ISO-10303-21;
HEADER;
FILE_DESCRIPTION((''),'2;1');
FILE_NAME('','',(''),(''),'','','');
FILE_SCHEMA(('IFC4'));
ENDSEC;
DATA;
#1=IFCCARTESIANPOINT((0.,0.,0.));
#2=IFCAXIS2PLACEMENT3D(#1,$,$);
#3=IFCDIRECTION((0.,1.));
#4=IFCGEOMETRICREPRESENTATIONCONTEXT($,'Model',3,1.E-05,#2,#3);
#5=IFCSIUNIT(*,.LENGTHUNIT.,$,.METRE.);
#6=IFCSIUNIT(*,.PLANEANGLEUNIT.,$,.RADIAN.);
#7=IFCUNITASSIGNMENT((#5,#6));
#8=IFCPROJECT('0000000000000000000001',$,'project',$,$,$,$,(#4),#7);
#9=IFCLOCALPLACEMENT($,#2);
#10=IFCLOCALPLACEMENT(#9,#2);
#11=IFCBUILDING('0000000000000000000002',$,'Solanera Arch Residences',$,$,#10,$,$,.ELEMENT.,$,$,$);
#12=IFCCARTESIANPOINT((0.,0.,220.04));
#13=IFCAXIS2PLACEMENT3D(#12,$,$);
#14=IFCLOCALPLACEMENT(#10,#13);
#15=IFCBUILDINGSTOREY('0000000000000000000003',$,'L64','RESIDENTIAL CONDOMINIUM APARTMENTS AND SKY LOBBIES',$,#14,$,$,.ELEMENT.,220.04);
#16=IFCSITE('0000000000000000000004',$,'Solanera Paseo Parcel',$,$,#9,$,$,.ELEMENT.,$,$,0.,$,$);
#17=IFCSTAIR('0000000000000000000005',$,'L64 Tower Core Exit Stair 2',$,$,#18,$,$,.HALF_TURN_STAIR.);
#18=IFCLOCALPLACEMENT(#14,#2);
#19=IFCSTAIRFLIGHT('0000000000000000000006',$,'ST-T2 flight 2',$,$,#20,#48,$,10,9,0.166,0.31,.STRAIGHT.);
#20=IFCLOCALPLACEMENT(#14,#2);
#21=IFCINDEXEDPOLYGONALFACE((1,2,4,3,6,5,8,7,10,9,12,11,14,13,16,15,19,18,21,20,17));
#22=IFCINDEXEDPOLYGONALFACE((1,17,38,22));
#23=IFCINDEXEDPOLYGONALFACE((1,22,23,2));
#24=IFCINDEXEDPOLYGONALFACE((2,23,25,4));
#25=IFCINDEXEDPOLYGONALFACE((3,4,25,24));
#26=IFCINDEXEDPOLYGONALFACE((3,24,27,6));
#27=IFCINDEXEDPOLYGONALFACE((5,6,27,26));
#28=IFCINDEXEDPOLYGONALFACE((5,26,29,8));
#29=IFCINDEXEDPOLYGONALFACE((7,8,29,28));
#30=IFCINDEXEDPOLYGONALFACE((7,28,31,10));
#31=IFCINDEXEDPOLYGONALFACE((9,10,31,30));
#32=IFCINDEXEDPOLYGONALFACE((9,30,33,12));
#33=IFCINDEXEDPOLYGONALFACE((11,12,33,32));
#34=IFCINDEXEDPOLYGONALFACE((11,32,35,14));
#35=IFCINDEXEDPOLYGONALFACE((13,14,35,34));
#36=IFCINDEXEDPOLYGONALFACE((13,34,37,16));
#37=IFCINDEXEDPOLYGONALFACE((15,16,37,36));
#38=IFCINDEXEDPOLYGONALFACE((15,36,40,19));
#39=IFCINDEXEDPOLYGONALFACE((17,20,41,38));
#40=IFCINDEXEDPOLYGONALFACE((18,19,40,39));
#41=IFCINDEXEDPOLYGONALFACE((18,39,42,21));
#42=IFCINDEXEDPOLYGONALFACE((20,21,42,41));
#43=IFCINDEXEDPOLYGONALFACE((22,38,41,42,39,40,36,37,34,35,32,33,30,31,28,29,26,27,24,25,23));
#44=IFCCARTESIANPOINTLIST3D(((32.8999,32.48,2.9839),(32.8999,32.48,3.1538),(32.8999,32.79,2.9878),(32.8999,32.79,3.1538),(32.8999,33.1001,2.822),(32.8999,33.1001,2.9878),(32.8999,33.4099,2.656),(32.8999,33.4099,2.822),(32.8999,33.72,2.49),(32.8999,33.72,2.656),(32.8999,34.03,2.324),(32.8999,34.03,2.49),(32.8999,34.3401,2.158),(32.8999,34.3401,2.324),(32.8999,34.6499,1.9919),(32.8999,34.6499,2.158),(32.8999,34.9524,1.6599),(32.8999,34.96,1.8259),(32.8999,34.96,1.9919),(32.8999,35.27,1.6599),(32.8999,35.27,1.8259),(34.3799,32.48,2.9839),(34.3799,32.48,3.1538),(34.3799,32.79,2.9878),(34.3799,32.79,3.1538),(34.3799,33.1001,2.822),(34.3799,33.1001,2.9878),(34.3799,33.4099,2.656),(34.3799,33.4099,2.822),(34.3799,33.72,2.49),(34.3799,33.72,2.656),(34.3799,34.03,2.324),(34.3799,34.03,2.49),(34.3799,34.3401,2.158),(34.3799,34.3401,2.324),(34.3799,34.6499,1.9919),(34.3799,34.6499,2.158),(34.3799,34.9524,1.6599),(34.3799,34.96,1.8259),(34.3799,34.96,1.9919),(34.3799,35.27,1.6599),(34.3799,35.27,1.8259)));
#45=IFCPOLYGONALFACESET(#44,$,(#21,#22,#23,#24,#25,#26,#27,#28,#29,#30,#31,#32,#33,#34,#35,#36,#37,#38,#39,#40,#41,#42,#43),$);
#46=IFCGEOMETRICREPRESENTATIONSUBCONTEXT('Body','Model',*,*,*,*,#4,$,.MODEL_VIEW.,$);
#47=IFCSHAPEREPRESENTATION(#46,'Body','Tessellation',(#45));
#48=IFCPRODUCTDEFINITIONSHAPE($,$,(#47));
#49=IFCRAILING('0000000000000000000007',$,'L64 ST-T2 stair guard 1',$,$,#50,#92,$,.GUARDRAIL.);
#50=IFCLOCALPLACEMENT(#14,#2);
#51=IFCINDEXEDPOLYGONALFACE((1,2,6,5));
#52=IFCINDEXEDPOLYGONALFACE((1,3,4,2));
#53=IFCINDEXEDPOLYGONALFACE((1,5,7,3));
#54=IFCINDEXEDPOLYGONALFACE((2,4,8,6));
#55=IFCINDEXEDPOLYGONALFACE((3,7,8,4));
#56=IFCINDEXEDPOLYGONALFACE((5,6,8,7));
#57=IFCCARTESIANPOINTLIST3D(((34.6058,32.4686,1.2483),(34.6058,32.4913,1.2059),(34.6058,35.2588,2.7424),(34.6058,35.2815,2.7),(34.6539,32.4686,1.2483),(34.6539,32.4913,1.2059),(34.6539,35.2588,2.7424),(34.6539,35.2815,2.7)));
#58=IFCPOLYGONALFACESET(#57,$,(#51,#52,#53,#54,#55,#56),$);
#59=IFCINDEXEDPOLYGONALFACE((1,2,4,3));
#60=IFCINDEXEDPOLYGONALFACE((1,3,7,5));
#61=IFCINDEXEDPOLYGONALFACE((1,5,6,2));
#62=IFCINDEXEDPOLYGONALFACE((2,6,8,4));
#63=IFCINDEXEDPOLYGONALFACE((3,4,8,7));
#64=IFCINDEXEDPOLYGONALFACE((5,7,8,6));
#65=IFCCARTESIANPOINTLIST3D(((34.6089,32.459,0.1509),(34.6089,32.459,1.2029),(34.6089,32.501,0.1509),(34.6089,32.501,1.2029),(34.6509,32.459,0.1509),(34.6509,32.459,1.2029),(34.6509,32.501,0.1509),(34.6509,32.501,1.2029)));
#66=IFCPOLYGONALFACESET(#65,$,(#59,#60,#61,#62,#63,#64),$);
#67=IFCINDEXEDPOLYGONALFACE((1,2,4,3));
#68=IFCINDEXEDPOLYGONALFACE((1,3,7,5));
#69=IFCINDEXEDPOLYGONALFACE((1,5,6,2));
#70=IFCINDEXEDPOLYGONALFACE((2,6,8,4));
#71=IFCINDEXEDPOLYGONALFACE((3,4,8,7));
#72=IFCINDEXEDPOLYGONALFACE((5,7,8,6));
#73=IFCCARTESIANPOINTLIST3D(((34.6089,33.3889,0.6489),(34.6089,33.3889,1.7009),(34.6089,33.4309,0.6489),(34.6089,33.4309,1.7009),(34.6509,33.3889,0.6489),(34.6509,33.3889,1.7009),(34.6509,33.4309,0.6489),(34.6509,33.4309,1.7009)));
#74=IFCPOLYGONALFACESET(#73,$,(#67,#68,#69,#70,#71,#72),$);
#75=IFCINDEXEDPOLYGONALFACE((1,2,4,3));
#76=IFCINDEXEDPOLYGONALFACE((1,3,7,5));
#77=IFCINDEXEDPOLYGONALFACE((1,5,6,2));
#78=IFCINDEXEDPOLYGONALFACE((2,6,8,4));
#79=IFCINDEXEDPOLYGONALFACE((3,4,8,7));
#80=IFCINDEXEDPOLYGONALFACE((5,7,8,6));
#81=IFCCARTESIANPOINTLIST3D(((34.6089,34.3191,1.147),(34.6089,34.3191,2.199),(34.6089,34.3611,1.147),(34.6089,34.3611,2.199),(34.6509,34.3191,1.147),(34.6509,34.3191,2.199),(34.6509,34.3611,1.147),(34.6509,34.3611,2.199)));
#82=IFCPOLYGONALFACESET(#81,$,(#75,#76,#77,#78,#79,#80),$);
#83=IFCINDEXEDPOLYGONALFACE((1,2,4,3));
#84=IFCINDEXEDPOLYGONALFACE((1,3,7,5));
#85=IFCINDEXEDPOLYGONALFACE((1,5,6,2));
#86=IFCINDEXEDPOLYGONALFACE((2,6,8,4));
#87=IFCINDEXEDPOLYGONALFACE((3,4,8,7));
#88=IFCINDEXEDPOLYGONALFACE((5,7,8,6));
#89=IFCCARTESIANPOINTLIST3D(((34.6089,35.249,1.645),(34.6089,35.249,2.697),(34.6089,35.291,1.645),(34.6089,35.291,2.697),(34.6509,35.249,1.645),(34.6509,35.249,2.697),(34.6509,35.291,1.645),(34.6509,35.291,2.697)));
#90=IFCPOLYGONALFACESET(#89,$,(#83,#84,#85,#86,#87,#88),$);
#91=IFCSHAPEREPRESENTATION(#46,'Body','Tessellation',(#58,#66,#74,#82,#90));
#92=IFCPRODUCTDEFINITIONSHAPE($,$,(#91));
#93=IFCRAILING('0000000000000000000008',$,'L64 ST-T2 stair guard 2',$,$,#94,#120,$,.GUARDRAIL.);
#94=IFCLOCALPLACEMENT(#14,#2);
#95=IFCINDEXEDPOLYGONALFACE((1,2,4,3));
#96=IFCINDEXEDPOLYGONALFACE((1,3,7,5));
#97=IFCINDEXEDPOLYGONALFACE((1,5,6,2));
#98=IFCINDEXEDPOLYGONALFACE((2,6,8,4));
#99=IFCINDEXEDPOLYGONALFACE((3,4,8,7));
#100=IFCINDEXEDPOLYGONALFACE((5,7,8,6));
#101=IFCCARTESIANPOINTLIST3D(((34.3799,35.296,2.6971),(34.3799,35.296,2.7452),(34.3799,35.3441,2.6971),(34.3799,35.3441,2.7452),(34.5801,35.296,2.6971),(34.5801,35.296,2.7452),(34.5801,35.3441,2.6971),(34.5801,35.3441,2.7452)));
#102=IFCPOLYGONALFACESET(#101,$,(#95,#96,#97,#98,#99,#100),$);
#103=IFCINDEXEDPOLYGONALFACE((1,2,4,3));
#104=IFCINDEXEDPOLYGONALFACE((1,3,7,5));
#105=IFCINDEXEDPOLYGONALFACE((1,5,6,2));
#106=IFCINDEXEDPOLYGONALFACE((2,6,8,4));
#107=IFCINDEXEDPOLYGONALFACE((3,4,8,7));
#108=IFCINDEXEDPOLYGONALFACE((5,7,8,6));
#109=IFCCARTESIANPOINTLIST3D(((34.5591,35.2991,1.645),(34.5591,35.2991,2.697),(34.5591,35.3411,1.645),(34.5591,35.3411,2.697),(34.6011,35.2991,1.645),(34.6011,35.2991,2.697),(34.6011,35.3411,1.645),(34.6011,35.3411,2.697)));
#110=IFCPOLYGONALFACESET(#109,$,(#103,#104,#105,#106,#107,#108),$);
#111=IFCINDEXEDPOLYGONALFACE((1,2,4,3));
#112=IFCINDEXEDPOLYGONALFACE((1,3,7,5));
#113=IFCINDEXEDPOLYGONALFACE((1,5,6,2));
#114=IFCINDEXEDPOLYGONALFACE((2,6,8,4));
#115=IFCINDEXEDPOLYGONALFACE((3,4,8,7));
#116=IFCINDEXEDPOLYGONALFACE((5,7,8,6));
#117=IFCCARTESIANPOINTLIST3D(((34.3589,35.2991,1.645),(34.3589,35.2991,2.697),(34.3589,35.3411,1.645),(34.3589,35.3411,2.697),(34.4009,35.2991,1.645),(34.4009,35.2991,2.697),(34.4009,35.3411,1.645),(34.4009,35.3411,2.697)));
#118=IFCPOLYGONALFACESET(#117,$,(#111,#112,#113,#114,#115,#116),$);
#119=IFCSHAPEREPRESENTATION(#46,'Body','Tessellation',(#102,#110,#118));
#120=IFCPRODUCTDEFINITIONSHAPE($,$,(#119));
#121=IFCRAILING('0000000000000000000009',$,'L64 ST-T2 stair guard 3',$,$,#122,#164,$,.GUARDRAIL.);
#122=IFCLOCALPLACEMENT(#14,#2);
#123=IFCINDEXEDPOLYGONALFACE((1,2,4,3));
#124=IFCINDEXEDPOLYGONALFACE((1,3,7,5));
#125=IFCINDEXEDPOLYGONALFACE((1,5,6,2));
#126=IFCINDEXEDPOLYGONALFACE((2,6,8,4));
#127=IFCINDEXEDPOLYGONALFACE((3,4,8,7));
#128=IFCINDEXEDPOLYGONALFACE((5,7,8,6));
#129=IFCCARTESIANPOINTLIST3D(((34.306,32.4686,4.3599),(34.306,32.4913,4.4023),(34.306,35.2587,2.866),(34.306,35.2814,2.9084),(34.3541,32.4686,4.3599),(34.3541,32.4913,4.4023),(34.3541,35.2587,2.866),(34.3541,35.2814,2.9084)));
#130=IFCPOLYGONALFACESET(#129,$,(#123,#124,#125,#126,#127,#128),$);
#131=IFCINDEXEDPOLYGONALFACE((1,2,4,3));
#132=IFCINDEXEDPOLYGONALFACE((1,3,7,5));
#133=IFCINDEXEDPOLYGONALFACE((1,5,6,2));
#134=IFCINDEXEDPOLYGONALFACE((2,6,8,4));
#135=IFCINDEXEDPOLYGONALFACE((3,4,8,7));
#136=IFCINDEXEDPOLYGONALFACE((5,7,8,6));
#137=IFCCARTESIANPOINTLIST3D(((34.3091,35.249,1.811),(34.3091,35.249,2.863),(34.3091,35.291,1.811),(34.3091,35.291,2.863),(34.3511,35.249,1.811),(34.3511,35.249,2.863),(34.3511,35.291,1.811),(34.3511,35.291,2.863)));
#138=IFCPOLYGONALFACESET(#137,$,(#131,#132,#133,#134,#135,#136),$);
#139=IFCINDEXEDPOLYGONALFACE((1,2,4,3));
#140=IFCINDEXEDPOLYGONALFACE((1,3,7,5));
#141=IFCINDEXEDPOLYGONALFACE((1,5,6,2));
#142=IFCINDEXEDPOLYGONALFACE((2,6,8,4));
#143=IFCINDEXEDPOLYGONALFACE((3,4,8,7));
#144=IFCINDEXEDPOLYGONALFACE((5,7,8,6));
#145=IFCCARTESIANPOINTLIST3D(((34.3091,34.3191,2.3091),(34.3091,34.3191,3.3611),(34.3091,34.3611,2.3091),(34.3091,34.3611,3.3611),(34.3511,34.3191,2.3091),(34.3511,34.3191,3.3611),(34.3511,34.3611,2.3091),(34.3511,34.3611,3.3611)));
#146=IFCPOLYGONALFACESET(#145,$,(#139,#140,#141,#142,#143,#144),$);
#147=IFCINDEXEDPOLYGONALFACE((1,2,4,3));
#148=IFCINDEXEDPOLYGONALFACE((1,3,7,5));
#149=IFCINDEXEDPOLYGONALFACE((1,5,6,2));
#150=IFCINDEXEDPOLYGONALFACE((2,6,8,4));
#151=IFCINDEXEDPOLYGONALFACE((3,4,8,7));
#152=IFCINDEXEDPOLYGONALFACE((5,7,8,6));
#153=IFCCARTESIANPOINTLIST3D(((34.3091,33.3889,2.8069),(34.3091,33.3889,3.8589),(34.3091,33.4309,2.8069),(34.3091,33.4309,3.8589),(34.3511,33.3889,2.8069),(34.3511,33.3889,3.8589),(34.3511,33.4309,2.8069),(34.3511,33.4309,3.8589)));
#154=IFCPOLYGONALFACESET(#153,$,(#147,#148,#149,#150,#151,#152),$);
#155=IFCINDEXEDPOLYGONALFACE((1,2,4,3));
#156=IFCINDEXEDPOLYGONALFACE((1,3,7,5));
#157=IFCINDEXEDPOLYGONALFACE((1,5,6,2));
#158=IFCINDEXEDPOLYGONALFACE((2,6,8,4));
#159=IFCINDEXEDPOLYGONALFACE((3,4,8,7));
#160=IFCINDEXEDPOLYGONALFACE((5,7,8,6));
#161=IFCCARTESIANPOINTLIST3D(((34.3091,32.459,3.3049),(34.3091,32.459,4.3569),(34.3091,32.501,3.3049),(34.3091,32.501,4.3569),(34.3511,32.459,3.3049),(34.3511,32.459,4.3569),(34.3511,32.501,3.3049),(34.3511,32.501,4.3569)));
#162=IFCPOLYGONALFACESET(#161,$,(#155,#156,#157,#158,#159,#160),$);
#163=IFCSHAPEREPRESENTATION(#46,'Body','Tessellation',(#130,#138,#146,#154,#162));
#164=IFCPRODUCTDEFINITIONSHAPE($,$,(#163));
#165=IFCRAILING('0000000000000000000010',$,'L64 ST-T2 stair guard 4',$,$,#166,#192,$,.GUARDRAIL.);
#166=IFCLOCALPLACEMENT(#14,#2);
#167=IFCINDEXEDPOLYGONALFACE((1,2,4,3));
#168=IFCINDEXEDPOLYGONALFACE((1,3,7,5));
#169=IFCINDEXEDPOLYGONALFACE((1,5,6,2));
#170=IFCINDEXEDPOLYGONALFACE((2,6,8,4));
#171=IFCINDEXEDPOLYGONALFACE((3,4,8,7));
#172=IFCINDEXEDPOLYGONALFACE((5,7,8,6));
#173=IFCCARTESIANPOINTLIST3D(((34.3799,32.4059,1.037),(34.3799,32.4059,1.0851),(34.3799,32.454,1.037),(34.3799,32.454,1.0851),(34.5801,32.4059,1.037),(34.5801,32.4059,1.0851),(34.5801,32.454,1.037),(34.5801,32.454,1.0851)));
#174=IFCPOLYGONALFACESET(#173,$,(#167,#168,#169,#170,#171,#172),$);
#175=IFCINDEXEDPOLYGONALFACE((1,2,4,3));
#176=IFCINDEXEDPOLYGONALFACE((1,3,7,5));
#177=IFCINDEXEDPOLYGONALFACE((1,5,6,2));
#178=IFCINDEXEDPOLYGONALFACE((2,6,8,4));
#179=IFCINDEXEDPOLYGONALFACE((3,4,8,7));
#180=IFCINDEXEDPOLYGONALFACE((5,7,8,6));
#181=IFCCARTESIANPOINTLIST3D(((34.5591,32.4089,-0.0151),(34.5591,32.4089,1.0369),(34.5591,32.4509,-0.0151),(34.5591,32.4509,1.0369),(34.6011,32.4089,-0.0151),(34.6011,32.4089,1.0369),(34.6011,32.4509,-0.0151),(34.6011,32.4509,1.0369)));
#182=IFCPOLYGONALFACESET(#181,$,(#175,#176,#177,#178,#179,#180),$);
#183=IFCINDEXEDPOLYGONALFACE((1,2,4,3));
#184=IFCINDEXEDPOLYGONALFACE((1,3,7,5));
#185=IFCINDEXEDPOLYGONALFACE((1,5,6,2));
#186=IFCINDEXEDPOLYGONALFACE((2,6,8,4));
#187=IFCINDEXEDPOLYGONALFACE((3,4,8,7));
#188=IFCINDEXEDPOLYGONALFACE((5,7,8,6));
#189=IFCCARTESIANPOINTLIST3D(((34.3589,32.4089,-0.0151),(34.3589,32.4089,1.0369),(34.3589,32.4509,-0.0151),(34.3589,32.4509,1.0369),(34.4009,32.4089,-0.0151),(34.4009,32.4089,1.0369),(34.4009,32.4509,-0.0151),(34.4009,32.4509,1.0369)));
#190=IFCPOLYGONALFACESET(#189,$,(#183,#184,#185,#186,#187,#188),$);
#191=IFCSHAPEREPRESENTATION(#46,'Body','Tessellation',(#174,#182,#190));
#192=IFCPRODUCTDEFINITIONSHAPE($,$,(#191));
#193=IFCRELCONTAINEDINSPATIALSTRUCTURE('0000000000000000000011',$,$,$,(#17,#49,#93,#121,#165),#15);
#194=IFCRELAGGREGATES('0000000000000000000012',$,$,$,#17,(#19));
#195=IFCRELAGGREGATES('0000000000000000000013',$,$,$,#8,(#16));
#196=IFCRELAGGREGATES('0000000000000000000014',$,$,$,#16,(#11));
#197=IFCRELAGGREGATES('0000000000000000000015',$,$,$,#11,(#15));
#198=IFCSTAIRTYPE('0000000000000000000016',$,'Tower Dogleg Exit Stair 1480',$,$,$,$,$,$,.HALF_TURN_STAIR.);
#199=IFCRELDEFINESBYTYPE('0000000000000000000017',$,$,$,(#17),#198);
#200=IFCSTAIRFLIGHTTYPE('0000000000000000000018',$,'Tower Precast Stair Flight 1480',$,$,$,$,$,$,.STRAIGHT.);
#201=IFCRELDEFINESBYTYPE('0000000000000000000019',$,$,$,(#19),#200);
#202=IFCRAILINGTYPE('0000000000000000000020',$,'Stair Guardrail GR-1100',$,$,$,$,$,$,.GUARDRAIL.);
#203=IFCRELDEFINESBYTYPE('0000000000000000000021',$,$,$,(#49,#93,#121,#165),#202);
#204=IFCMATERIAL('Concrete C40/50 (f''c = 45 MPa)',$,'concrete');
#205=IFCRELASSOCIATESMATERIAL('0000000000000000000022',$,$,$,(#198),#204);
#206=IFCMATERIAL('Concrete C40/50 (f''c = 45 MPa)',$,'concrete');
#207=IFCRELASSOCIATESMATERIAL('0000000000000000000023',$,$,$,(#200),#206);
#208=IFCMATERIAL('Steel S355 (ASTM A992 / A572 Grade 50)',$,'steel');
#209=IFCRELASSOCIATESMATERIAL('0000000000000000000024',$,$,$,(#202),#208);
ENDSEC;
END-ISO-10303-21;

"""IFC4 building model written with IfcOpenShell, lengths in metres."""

from ifc_helpers import new_model, si_unit, direction, frame, origin, origin_2d, place, context, subcontext, project, spatial, polyline, rectangle, outline, extrude, material, type_object, element, aggregate, save


model = new_model("IFC4")

# Units and contexts
model_context = context("Model", 3, precision=1e-05, world=origin(), true_north=direction((0.0, 1.0)))
body_context = subcontext(model_context, "Body", "Model", "MODEL_VIEW")
ifc_project = project(units=[si_unit("LENGTHUNIT", "METRE"), si_unit("PLANEANGLEUNIT", "RADIAN")], contexts=[model_context])

# Site, building, storey
site_placement = place(None, origin())
site = spatial("IfcSite", under=ifc_project, at=site_placement, Name="Solanera Paseo Parcel", CompositionType="ELEMENT", RefElevation=0.0)
building_placement = place(site_placement, origin())
building = spatial("IfcBuilding", under=site, at=building_placement, Name="Solanera Arch Residences", CompositionType="ELEMENT")
storey_placement = place(building_placement, frame((0.0, 0.0, 220.04)))
storey = spatial("IfcBuildingStorey", under=building, at=storey_placement, Name="L64", Description="RESIDENTIAL CONDOMINIUM APARTMENTS AND SKY LOBBIES", CompositionType="ELEMENT", Elevation=220.04)

# Stair, stair flight
ifc_material_1 = material(Name="Concrete C40/50 (f'c = 45 MPa)", Category="concrete")
stair_type = type_object("IfcStairType", Name="Tower Dogleg Exit Stair 1480", PredefinedType="HALF_TURN_STAIR", material=ifc_material_1)
stair_placement = place(storey_placement, origin())
stair = element("IfcStair", 1, at=stair_placement, inside=storey, type_object=stair_type, Name="L64 Tower Core Exit Stair 2", PredefinedType="HALF_TURN_STAIR")
ifc_material_2 = material(Name="Concrete C40/50 (f'c = 45 MPa)", Category="concrete")
stair_flight_type = type_object("IfcStairFlightType", Name="Tower Precast Stair Flight 1480", PredefinedType="STRAIGHT", material=ifc_material_2)
stair_flight_1_placement = place(storey_placement, frame((33.6399, 35.27, 1.6599), z_axis=(0.0, 0.0, 1.0), x_axis=(0.0, -1.0, 0.0)))
stair_flight_1 = element("IfcStairFlight", 2, at=stair_flight_1_placement, type_object=stair_flight_type, Name="ST-T2 flight 2", NumberOfRisers=10, NumberOfTreads=9, PredefinedType="STRAIGHT", RiserHeight=0.166, TreadLength=0.31, context=body_context, shape_type="SweptSolid", body=[
    extrude(outline(polyline([(0.0, 0.0), (0.0, 0.166), (0.3101, 0.166), (0.3101, 0.332), (0.6201, 0.332), (0.6201, 0.498), (0.9299, 0.498), (0.9299, 0.6641), (1.24, 0.6641), (1.24, 0.8301), (1.55, 0.8301), (1.55, 0.9961), (1.8601, 0.9961), (1.8601, 1.1621), (2.1699, 1.1621), (2.1699, 1.3279), (2.48, 1.3279), (2.48, 1.4939), (2.79, 1.4939), (2.79, 1.6599), (2.79, 1.324), (0.3176, 0.0), (0.0, 0.0)])), frame((0.0, 0.74, 0.0), z_axis=(0.0, -1.0, 0.0), x_axis=(1.0, 0.0, 0.0)), (0.0, 0.0, 1.0), 1.48),
])
aggregate(stair, [stair_flight_1])

# Railings
ifc_material_3 = material(Name="Steel S355 (ASTM A992 / A572 Grade 50)", Category="steel")
railing_type_1 = type_object("IfcRailingType", Name="Stair Guardrail GR-1100", PredefinedType="GUARDRAIL", material=ifc_material_3)
railing_1_placement = place(storey_placement, frame((34.6299, 32.48, 0.1509)))
element("IfcRailing", 3, at=railing_1_placement, inside=storey, type_object=railing_type_1, Name="L64 ST-T2 stair guard 1", PredefinedType="GUARDRAIL", context=body_context, shape_type="SweptSolid", body=[
    extrude(rectangle(XDim=0.0481, YDim=0.0481, at=origin_2d()), frame((0.0, 0.0, 1.0762), z_axis=(0.0, 0.881549, 0.472093), x_axis=(-1.0, 0.0, 0.0)), (0.0, 0.0, 1.0), 3.165),
    extrude(rectangle(XDim=0.042, YDim=0.042, at=origin_2d()), origin(), (0.0, 0.0, 1.0), 1.052),
    extrude(rectangle(XDim=0.042, YDim=0.042, at=origin_2d()), frame((0.0, 0.9299, 0.498)), (0.0, 0.0, 1.0), 1.052),
    extrude(rectangle(XDim=0.042, YDim=0.042, at=origin_2d()), frame((0.0, 1.8601, 0.9961)), (0.0, 0.0, 1.0), 1.052),
    extrude(rectangle(XDim=0.042, YDim=0.042, at=origin_2d()), frame((0.0, 2.79, 1.4941)), (0.0, 0.0, 1.0), 1.052),
])
railing_2_placement = place(storey_placement, frame((34.5801, 35.3201, 1.645)))
element("IfcRailing", 4, at=railing_2_placement, inside=storey, type_object=railing_type_1, Name="L64 ST-T2 stair guard 2", PredefinedType="GUARDRAIL", context=body_context, shape_type="SweptSolid", body=[
    extrude(rectangle(XDim=0.0481, YDim=0.0481, at=origin_2d()), frame((0.0, 0.0, 1.0762), z_axis=(-1.0, 0.0, 0.0), x_axis=(0.0, -1.0, 0.0)), (0.0, 0.0, 1.0), 0.2002),
    extrude(rectangle(XDim=0.042, YDim=0.042, at=origin_2d()), origin(), (0.0, 0.0, 1.0), 1.052),
    extrude(rectangle(XDim=0.042, YDim=0.042, at=origin_2d()), frame((-0.2002, 0.0, 0.0)), (0.0, 0.0, 1.0), 1.052),
])
railing_3_placement = place(storey_placement, frame((34.3301, 35.27, 1.811)))
element("IfcRailing", 5, at=railing_3_placement, inside=storey, type_object=railing_type_1, Name="L64 ST-T2 stair guard 3", PredefinedType="GUARDRAIL", context=body_context, shape_type="SweptSolid", body=[
    extrude(rectangle(XDim=0.0481, YDim=0.0481, at=origin_2d()), frame((0.0, 0.0, 1.0762), z_axis=(0.0, -0.881581, 0.472033), x_axis=(1.0, 0.0, 0.0)), (0.0, 0.0, 1.0), 3.1648),
    extrude(rectangle(XDim=0.042, YDim=0.042, at=origin_2d()), origin(), (0.0, 0.0, 1.0), 1.052),
    extrude(rectangle(XDim=0.042, YDim=0.042, at=origin_2d()), frame((0.0, -0.9299, 0.498)), (0.0, 0.0, 1.0), 1.052),
    extrude(rectangle(XDim=0.042, YDim=0.042, at=origin_2d()), frame((0.0, -1.8601, 0.9958)), (0.0, 0.0, 1.0), 1.052),
    extrude(rectangle(XDim=0.042, YDim=0.042, at=origin_2d()), frame((0.0, -2.79, 1.4939)), (0.0, 0.0, 1.0), 1.052),
])
railing_4_placement = place(storey_placement, frame((34.5801, 32.4299, -0.0151)))
element("IfcRailing", 6, at=railing_4_placement, inside=storey, type_object=railing_type_1, Name="L64 ST-T2 stair guard 4", PredefinedType="GUARDRAIL", context=body_context, shape_type="SweptSolid", body=[
    extrude(rectangle(XDim=0.0481, YDim=0.0481, at=origin_2d()), frame((0.0, 0.0, 1.0762), z_axis=(-1.0, 0.0, 0.0), x_axis=(0.0, -1.0, 0.0)), (0.0, 0.0, 1.0), 0.2002),
    extrude(rectangle(XDim=0.042, YDim=0.042, at=origin_2d()), origin(), (0.0, 0.0, 1.0), 1.052),
    extrude(rectangle(XDim=0.042, YDim=0.042, at=origin_2d()), frame((-0.2002, 0.0, 0.0)), (0.0, 0.0, 1.0), 1.052),
])

save(model, "model.ifc")
